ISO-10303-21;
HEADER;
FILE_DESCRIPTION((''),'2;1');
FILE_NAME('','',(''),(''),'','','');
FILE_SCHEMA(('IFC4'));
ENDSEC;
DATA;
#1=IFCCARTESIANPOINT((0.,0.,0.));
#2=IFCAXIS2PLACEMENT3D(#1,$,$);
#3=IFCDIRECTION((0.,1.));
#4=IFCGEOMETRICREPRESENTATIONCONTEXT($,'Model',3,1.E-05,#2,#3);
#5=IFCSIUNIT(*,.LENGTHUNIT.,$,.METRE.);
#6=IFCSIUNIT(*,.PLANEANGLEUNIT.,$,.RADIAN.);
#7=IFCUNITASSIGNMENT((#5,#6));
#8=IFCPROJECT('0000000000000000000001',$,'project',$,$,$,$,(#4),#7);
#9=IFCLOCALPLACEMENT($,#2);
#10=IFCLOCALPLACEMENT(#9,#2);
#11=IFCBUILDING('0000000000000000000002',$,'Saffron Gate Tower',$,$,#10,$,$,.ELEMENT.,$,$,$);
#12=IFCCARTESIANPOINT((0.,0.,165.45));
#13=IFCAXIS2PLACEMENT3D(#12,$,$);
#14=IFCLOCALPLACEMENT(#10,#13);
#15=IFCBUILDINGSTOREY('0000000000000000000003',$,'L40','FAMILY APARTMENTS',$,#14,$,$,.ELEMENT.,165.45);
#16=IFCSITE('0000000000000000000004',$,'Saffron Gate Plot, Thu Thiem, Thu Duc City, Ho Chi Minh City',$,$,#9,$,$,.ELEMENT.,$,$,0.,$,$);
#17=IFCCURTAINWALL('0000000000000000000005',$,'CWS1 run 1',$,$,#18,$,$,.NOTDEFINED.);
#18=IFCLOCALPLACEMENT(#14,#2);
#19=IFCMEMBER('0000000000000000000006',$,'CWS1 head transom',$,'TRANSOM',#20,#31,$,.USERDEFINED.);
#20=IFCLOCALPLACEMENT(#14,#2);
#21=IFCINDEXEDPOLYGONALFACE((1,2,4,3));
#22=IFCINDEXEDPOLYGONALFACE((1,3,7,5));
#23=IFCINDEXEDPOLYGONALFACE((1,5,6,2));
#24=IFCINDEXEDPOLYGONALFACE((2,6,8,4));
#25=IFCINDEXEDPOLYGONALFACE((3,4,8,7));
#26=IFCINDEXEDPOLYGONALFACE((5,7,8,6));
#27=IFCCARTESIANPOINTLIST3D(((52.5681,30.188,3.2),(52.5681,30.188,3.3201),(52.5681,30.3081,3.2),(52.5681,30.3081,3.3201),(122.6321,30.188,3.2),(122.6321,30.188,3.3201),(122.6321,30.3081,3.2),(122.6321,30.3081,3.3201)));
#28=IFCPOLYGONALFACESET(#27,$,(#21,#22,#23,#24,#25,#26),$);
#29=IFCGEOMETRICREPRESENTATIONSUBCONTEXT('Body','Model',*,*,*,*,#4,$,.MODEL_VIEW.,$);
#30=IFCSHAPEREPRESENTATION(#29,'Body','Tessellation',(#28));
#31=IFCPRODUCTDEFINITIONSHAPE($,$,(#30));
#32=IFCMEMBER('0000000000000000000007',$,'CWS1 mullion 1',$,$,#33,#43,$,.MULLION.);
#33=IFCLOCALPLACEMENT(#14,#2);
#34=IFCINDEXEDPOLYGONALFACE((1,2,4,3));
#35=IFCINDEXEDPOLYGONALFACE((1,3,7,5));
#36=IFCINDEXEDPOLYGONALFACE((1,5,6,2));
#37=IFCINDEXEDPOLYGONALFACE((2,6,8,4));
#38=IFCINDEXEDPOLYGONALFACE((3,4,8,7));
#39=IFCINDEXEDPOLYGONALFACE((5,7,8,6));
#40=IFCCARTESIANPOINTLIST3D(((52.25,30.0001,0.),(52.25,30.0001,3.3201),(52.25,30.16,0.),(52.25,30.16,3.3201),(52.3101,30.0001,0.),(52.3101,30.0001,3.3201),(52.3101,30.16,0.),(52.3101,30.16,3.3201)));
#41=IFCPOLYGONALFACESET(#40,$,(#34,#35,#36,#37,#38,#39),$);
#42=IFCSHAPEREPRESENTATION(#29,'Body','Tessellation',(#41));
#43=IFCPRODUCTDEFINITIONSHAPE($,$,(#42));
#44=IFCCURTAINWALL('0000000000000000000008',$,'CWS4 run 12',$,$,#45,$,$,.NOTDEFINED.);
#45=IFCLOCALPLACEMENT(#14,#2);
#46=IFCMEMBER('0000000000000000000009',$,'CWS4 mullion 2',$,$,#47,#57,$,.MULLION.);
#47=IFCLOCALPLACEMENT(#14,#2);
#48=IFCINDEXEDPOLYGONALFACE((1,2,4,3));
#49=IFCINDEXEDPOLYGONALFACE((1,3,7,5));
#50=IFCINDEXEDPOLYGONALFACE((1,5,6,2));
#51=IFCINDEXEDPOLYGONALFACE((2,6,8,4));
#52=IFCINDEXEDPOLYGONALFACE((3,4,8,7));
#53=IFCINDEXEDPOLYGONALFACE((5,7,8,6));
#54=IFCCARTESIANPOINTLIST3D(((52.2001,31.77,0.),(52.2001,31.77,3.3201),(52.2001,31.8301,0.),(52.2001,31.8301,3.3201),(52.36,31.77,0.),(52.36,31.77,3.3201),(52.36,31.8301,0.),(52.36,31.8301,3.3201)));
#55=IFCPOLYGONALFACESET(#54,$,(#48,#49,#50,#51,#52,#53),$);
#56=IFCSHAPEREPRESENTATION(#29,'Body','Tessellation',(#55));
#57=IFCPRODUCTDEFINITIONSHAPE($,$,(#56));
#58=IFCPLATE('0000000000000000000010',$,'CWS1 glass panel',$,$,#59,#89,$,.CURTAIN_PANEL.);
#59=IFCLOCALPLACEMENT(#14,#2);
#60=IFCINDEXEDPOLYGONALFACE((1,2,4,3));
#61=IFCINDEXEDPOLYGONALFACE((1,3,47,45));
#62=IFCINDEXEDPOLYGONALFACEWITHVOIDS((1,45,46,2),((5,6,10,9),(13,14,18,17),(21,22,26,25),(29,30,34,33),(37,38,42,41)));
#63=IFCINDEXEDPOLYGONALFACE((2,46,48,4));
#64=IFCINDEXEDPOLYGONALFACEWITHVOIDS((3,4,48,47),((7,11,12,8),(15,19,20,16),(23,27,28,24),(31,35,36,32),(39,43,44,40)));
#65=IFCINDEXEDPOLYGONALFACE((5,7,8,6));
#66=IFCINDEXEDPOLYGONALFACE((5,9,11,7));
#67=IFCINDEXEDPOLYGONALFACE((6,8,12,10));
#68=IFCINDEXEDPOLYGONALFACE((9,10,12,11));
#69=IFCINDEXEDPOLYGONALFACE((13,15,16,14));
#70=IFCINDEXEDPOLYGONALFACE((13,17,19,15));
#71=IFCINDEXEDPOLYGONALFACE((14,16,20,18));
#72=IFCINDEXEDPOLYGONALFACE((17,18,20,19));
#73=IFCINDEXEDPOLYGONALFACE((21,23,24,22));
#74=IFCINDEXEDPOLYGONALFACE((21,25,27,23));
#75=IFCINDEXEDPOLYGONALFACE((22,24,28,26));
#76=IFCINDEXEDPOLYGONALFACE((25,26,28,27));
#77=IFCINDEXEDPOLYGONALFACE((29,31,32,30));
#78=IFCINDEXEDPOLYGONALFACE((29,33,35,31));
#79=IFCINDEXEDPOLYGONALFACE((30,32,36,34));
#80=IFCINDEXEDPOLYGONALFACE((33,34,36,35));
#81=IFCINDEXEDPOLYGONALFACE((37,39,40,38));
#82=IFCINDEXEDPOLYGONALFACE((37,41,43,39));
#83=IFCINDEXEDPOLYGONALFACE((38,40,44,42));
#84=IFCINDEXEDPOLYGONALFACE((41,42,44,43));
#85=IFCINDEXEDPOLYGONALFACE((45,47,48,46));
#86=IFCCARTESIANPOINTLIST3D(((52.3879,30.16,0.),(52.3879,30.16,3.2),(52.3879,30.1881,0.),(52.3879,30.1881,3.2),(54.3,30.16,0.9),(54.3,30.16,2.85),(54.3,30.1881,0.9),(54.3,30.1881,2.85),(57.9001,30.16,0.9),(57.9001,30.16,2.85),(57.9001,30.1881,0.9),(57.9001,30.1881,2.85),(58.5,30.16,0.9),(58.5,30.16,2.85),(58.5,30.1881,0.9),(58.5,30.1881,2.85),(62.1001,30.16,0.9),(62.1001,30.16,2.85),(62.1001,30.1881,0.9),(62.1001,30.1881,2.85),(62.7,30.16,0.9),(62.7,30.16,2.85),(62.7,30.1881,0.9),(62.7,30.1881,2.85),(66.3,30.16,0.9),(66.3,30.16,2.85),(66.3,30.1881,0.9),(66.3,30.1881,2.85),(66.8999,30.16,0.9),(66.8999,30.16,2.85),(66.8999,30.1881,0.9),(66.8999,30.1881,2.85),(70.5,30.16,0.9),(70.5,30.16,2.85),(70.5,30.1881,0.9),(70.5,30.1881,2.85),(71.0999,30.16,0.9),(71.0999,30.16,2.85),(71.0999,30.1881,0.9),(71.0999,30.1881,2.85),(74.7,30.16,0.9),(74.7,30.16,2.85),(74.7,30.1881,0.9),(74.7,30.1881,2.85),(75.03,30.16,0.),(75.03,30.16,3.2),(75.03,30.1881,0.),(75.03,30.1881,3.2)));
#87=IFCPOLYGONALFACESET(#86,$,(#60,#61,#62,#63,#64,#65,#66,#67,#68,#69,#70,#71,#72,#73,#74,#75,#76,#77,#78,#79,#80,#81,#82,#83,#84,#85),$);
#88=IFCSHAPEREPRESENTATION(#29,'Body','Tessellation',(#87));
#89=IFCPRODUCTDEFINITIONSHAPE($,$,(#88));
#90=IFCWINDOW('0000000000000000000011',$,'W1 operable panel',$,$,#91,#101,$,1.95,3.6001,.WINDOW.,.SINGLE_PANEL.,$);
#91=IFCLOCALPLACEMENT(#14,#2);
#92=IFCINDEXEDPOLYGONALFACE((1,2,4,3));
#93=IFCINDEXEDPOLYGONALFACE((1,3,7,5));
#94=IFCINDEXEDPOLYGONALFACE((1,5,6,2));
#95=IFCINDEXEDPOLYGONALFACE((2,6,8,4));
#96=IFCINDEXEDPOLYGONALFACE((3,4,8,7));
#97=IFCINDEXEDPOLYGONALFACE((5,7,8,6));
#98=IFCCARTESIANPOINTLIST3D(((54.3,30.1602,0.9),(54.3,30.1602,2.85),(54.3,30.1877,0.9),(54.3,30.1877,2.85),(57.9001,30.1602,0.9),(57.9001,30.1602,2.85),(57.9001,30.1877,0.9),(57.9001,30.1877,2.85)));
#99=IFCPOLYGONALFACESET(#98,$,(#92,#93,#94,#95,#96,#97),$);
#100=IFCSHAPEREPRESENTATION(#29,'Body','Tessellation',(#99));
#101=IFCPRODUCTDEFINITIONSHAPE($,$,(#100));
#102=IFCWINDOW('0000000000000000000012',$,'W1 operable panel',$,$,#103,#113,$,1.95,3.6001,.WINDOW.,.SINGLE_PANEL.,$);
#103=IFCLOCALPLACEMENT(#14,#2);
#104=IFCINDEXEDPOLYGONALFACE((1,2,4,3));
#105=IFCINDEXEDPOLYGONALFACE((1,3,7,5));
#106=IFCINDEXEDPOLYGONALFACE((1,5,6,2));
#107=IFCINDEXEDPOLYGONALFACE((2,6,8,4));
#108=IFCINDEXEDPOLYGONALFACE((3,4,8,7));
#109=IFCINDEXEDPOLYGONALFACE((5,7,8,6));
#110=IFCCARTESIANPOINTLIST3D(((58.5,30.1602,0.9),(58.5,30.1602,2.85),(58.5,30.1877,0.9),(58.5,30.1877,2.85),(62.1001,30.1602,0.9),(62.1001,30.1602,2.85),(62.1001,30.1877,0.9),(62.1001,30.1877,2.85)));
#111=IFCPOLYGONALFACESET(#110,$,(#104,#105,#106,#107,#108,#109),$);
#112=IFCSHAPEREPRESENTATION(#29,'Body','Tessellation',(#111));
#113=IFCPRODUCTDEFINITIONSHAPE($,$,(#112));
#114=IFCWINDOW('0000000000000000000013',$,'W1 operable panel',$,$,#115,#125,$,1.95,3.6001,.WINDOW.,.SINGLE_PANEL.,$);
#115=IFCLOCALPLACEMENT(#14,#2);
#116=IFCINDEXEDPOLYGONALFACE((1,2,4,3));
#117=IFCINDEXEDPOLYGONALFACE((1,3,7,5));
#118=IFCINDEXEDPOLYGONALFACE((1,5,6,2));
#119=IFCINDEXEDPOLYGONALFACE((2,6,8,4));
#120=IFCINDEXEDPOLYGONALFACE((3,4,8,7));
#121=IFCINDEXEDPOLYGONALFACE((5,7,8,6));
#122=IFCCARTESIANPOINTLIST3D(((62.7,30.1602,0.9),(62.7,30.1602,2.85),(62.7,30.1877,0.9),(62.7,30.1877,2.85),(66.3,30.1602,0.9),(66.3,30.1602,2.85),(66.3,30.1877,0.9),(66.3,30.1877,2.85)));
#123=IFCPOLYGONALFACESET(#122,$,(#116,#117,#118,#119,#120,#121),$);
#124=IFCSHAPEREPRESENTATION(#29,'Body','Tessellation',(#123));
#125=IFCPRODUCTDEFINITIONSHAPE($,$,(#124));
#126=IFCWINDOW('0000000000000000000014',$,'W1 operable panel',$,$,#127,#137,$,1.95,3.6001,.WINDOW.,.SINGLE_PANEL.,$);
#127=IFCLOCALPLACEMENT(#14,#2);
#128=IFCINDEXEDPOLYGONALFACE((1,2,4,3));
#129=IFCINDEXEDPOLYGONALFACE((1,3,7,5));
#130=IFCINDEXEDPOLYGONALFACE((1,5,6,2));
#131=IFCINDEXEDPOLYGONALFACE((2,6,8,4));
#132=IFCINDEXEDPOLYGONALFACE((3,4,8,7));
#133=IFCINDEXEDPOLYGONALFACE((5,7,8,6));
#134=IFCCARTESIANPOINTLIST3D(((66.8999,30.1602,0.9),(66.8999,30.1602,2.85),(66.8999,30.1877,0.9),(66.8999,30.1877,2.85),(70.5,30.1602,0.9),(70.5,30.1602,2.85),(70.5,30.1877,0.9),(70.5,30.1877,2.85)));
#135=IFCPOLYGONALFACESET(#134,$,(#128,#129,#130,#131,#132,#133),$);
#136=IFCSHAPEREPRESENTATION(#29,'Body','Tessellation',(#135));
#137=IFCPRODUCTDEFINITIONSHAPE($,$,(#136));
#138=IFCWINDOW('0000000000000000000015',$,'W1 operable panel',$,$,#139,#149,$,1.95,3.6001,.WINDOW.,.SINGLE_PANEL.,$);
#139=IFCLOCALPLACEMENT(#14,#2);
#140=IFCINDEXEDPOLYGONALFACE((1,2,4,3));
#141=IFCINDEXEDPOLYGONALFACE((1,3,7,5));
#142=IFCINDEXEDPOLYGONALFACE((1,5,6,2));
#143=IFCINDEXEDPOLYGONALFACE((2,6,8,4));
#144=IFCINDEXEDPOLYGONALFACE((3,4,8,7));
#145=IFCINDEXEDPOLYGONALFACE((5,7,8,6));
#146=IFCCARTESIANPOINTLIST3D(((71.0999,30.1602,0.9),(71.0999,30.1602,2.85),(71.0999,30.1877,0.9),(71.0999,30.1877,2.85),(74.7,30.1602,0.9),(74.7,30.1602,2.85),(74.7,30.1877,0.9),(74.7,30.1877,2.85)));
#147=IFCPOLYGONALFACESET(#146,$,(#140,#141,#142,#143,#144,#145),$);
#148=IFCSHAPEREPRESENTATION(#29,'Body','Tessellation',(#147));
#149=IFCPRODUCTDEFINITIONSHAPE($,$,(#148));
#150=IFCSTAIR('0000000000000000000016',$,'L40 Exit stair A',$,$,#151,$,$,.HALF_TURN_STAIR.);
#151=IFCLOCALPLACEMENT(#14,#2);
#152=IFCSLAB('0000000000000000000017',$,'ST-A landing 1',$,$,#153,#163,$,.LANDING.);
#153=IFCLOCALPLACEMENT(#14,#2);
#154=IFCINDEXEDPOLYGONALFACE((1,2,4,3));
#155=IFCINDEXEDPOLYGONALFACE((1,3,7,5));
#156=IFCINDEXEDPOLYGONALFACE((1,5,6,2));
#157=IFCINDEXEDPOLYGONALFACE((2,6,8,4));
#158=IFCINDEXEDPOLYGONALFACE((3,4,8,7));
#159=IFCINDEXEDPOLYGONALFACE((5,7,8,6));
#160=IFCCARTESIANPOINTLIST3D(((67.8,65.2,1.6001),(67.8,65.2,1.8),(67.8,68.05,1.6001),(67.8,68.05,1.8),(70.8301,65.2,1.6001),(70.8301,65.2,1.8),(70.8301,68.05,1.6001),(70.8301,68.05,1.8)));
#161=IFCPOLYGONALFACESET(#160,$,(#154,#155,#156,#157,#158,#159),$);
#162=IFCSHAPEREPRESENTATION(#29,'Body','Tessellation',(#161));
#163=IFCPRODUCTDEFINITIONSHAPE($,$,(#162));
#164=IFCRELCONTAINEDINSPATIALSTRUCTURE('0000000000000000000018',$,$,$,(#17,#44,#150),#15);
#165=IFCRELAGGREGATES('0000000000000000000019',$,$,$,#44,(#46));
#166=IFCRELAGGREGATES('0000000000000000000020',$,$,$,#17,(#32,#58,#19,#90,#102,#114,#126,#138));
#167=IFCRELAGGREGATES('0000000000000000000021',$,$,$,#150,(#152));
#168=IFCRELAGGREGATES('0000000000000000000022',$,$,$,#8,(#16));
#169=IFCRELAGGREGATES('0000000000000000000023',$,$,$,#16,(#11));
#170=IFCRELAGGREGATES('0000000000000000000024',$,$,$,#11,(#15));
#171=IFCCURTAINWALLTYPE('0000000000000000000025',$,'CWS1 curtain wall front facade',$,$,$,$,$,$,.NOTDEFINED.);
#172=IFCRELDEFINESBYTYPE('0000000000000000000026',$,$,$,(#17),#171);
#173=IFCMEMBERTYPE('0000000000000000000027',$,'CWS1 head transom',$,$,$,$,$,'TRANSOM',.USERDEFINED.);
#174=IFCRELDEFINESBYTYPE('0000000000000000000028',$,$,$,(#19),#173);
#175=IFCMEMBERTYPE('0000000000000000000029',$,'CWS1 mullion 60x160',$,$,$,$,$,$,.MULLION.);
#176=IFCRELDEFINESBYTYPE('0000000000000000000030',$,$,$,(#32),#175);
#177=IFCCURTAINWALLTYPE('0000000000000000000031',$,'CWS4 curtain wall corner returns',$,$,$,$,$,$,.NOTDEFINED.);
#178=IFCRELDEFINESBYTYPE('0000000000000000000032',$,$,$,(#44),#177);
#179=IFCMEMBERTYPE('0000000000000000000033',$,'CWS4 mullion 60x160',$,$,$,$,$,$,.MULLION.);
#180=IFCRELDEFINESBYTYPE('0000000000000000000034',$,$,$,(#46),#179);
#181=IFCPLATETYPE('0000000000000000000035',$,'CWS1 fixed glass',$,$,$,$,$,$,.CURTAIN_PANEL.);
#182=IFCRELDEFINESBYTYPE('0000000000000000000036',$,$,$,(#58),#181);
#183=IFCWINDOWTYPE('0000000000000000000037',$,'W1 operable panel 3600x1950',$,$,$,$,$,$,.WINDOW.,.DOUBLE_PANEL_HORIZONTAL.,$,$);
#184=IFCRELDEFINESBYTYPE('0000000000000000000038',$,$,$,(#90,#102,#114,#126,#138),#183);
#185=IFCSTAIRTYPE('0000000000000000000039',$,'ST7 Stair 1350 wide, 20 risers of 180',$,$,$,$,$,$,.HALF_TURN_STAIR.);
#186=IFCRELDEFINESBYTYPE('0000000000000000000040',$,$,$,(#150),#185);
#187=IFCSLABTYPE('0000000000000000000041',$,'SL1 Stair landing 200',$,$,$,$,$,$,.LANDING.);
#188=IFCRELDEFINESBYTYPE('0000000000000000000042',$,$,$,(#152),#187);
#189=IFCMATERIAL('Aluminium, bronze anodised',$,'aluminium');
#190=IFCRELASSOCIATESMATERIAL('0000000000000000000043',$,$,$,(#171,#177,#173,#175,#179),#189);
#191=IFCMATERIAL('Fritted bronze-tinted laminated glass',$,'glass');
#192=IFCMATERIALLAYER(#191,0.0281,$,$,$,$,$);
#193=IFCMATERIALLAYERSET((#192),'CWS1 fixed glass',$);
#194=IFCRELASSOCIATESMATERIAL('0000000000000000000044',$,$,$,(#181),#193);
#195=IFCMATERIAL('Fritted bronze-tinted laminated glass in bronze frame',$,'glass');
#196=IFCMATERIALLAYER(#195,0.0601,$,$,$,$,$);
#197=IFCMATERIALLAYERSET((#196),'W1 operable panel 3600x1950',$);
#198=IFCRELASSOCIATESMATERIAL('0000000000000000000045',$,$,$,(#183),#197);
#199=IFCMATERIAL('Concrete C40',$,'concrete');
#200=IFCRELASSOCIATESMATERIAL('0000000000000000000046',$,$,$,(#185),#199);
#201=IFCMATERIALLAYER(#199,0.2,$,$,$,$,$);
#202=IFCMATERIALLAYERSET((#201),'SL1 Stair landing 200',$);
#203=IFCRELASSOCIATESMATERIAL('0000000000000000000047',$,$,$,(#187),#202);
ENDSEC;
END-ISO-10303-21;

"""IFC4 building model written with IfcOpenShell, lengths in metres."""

from ifc_helpers import new_model, si_unit, direction, frame, frame_2d, origin, origin_2d, place, context, subcontext, project, spatial, polyline, rectangle, outline, extrude, material, layer, layer_set, material_profile, profile_set, type_object, element, fill, aggregate, save


model = new_model("IFC4")

# Units and contexts
model_context = context("Model", 3, precision=1e-05, world=origin(), true_north=direction((0.0, 1.0)))
body_context = subcontext(model_context, "Body", "Model", "MODEL_VIEW")
ifc_project = project(units=[si_unit("LENGTHUNIT", "METRE"), si_unit("PLANEANGLEUNIT", "RADIAN")], contexts=[model_context])

# Site, building, storey
site_placement = place(None, origin())
site = spatial("IfcSite", under=ifc_project, at=site_placement, Name="Saffron Gate Plot, Thu Thiem, Thu Duc City, Ho Chi Minh City", CompositionType="ELEMENT", RefElevation=0.0)
building_placement = place(site_placement, origin())
building = spatial("IfcBuilding", under=site, at=building_placement, Name="Saffron Gate Tower", CompositionType="ELEMENT")
storey_placement = place(building_placement, frame((0.0, 0.0, 165.45)))
storey = spatial("IfcBuildingStorey", under=building, at=storey_placement, Name="L40", Description="FAMILY APARTMENTS", CompositionType="ELEMENT", Elevation=165.45)

# Curtain wall, members
ifc_material_1 = material(Name="Aluminium, bronze anodised", Category="aluminium")
curtain_wall_type_1 = type_object("IfcCurtainWallType", Name="CWS1 curtain wall front facade", PredefinedType="NOTDEFINED", material=ifc_material_1)
curtain_wall_1_placement = place(storey_placement, origin())
curtain_wall_1 = element("IfcCurtainWall", 1, at=curtain_wall_1_placement, inside=storey, type_object=curtain_wall_type_1, Name="CWS1 run 1", PredefinedType="NOTDEFINED")
ifc_material_profile_1 = material_profile(ifc_material_1, rectangle(XDim=0.1201, YDim=0.1201, at=origin_2d()))
ifc_profile_set_1 = profile_set([ifc_material_profile_1], Name="Aluminium, bronze anodised")
member_type_1 = type_object("IfcMemberType", Name="CWS1 head transom", ElementType="TRANSOM", PredefinedType="USERDEFINED", material=ifc_profile_set_1)
member_1_placement = place(storey_placement, frame((52.5681, 30.248, 3.26), z_axis=(1.0, 0.0, 0.0), x_axis=(0.0, 1.0, 0.0)))
member_1 = element("IfcMember", 2, at=member_1_placement, type_object=member_type_1, Name="CWS1 head transom", ObjectType="TRANSOM", PredefinedType="USERDEFINED", context=body_context, shape_type="SweptSolid", body=[
    extrude(rectangle(XDim=0.1201, YDim=0.1201, at=origin_2d()), origin(), (0.0, 0.0, 1.0), 70.064),
])
ifc_material_profile_2 = material_profile(ifc_material_1, rectangle(XDim=0.1599, YDim=0.0601, at=origin_2d()))
ifc_profile_set_2 = profile_set([ifc_material_profile_2], Name="Aluminium, bronze anodised")
member_type_2 = type_object("IfcMemberType", Name="CWS1 mullion 60x160", PredefinedType="MULLION", material=ifc_profile_set_2)
member_2_placement = place(storey_placement, frame((52.28, 30.0801, 0.0), z_axis=(0.0, 0.0, 1.0), x_axis=(0.0, 1.0, 0.0)))
member_2 = element("IfcMember", 3, at=member_2_placement, type_object=member_type_2, Name="CWS1 mullion 1", PredefinedType="MULLION", context=body_context, shape_type="SweptSolid", body=[
    extrude(rectangle(XDim=0.1599, YDim=0.0601, at=origin_2d()), origin(), (0.0, 0.0, 1.0), 3.3201),
])

# Curtain wall, member
curtain_wall_type_2 = type_object("IfcCurtainWallType", Name="CWS4 curtain wall corner returns", PredefinedType="NOTDEFINED", material=ifc_material_1)
curtain_wall_2_placement = place(storey_placement, origin())
curtain_wall_2 = element("IfcCurtainWall", 4, at=curtain_wall_2_placement, inside=storey, type_object=curtain_wall_type_2, Name="CWS4 run 12", PredefinedType="NOTDEFINED")
ifc_material_profile_3 = material_profile(ifc_material_1, rectangle(XDim=0.1599, YDim=0.0601, at=origin_2d()))
ifc_profile_set_3 = profile_set([ifc_material_profile_3], Name="Aluminium, bronze anodised")
member_type_3 = type_object("IfcMemberType", Name="CWS4 mullion 60x160", PredefinedType="MULLION", material=ifc_profile_set_3)
member_3_placement = place(storey_placement, frame((52.28, 31.8, 0.0), z_axis=(0.0, 0.0, 1.0), x_axis=(1.0, 0.0, 0.0)))
member_3 = element("IfcMember", 5, at=member_3_placement, type_object=member_type_3, Name="CWS4 mullion 2", PredefinedType="MULLION", context=body_context, shape_type="SweptSolid", body=[
    extrude(rectangle(XDim=0.1599, YDim=0.0601, at=origin_2d()), origin(), (0.0, 0.0, 1.0), 3.3201),
])
aggregate(curtain_wall_2, [member_3])

# Plate, openings, windows
ifc_material_2 = material(Name="Fritted bronze-tinted laminated glass", Category="glass")
ifc_layer_1 = layer(ifc_material_2, 0.0281)
ifc_layer_set_1 = layer_set([ifc_layer_1], Name="CWS1 fixed glass")
plate_type_1 = type_object("IfcPlateType", Name="CWS1 fixed glass", PredefinedType="CURTAIN_PANEL", material=ifc_layer_set_1)
plate_1_placement = place(storey_placement, frame((52.3879, 30.1741, 0.0), z_axis=(0.0, 0.0, 1.0), x_axis=(1.0, 0.0, 0.0)))
plate_1 = element("IfcPlate", 6, at=plate_1_placement, type_object=plate_type_1, Name="CWS1 glass panel", PredefinedType="CURTAIN_PANEL", context=body_context, shape_type="SweptSolid", body=[
    extrude(rectangle(XDim=22.6421, YDim=0.0281, at=frame_2d((11.321, 0.0))), origin(), (0.0, 0.0, 1.0), 3.2),
])
opening_1_placement = place(plate_1_placement, frame((1.9121, 0.0, 0.8999)))
opening_1 = element("IfcOpeningElement", 7, at=opening_1_placement, cuts=plate_1, PredefinedType="OPENING", context=body_context, shape_type="SweptSolid", body=[
    extrude(rectangle(XDim=3.6001, YDim=1.95, at=frame_2d((1.8, 0.9751))), frame((0.0, 0.0239, 0.0), z_axis=(0.0, -1.0, 0.0), x_axis=(1.0, 0.0, 0.0)), (0.0, 0.0, 1.0), 0.0481),
])
opening_2_placement = place(plate_1_placement, frame((6.1121, 0.0, 0.8999)))
opening_2 = element("IfcOpeningElement", 8, at=opening_2_placement, cuts=plate_1, PredefinedType="OPENING", context=body_context, shape_type="SweptSolid", body=[
    extrude(rectangle(XDim=3.6001, YDim=1.95, at=frame_2d((1.8, 0.9751))), frame((0.0, 0.0239, 0.0), z_axis=(0.0, -1.0, 0.0), x_axis=(1.0, 0.0, 0.0)), (0.0, 0.0, 1.0), 0.0481),
])
opening_3_placement = place(plate_1_placement, frame((10.312, 0.0, 0.8999)))
opening_3 = element("IfcOpeningElement", 9, at=opening_3_placement, cuts=plate_1, PredefinedType="OPENING", context=body_context, shape_type="SweptSolid", body=[
    extrude(rectangle(XDim=3.6001, YDim=1.95, at=frame_2d((1.8, 0.9751))), frame((0.0, 0.0239, 0.0), z_axis=(0.0, -1.0, 0.0), x_axis=(1.0, 0.0, 0.0)), (0.0, 0.0, 1.0), 0.0481),
])
opening_4_placement = place(plate_1_placement, frame((14.512, 0.0, 0.8999)))
opening_4 = element("IfcOpeningElement", 10, at=opening_4_placement, cuts=plate_1, PredefinedType="OPENING", context=body_context, shape_type="SweptSolid", body=[
    extrude(rectangle(XDim=3.6001, YDim=1.95, at=frame_2d((1.8, 0.9751))), frame((0.0, 0.0239, 0.0), z_axis=(0.0, -1.0, 0.0), x_axis=(1.0, 0.0, 0.0)), (0.0, 0.0, 1.0), 0.0481),
])
opening_5_placement = place(plate_1_placement, frame((18.7119, 0.0, 0.8999)))
opening_5 = element("IfcOpeningElement", 11, at=opening_5_placement, cuts=plate_1, PredefinedType="OPENING", context=body_context, shape_type="SweptSolid", body=[
    extrude(rectangle(XDim=3.6001, YDim=1.95, at=frame_2d((1.8, 0.9751))), frame((0.0, 0.0239, 0.0), z_axis=(0.0, -1.0, 0.0), x_axis=(1.0, 0.0, 0.0)), (0.0, 0.0, 1.0), 0.0481),
])
ifc_material_3 = material(Name="Fritted bronze-tinted laminated glass in bronze frame", Category="glass")
ifc_layer_2 = layer(ifc_material_3, 0.0601)
ifc_layer_set_2 = layer_set([ifc_layer_2], Name="W1 operable panel 3600x1950")
window_type = type_object("IfcWindowType", Name="W1 operable panel 3600x1950", PartitioningType="DOUBLE_PANEL_HORIZONTAL", PredefinedType="WINDOW", material=ifc_layer_set_2)
window_1_placement = place(opening_1_placement, origin())
window_1 = element("IfcWindow", 12, at=window_1_placement, type_object=window_type, Name="W1 operable panel", OverallHeight=1.95, OverallWidth=3.6001, PartitioningType="SINGLE_PANEL", PredefinedType="WINDOW", context=body_context, shape_type="SweptSolid", body=[
    extrude(rectangle(XDim=3.6001, YDim=1.95, at=frame_2d((1.8, 0.9751))), frame((0.0, 0.0137, 0.0), z_axis=(0.0, -1.0, 0.0), x_axis=(1.0, 0.0, 0.0)), (0.0, 0.0, 1.0), 0.0276),
])
fill(opening_1, window_1)
window_2_placement = place(opening_2_placement, origin())
window_2 = element("IfcWindow", 13, at=window_2_placement, type_object=window_type, Name="W1 operable panel", OverallHeight=1.95, OverallWidth=3.6001, PartitioningType="SINGLE_PANEL", PredefinedType="WINDOW", context=body_context, shape_type="SweptSolid", body=[
    extrude(rectangle(XDim=3.6001, YDim=1.95, at=frame_2d((1.8, 0.9751))), frame((0.0, 0.0137, 0.0), z_axis=(0.0, -1.0, 0.0), x_axis=(1.0, 0.0, 0.0)), (0.0, 0.0, 1.0), 0.0276),
])
fill(opening_2, window_2)
window_3_placement = place(opening_3_placement, origin())
window_3 = element("IfcWindow", 14, at=window_3_placement, type_object=window_type, Name="W1 operable panel", OverallHeight=1.95, OverallWidth=3.6001, PartitioningType="SINGLE_PANEL", PredefinedType="WINDOW", context=body_context, shape_type="SweptSolid", body=[
    extrude(rectangle(XDim=3.6001, YDim=1.95, at=frame_2d((1.8, 0.9751))), frame((0.0, 0.0137, 0.0), z_axis=(0.0, -1.0, 0.0), x_axis=(1.0, 0.0, 0.0)), (0.0, 0.0, 1.0), 0.0276),
])
fill(opening_3, window_3)
window_4_placement = place(opening_4_placement, origin())
window_4 = element("IfcWindow", 15, at=window_4_placement, type_object=window_type, Name="W1 operable panel", OverallHeight=1.95, OverallWidth=3.6001, PartitioningType="SINGLE_PANEL", PredefinedType="WINDOW", context=body_context, shape_type="SweptSolid", body=[
    extrude(rectangle(XDim=3.6001, YDim=1.95, at=frame_2d((1.8, 0.9751))), frame((0.0, 0.0137, 0.0), z_axis=(0.0, -1.0, 0.0), x_axis=(1.0, 0.0, 0.0)), (0.0, 0.0, 1.0), 0.0276),
])
fill(opening_4, window_4)
window_5_placement = place(opening_5_placement, origin())
window_5 = element("IfcWindow", 16, at=window_5_placement, type_object=window_type, Name="W1 operable panel", OverallHeight=1.95, OverallWidth=3.6001, PartitioningType="SINGLE_PANEL", PredefinedType="WINDOW", context=body_context, shape_type="SweptSolid", body=[
    extrude(rectangle(XDim=3.6001, YDim=1.95, at=frame_2d((1.8, 0.9751))), frame((0.0, 0.0137, 0.0), z_axis=(0.0, -1.0, 0.0), x_axis=(1.0, 0.0, 0.0)), (0.0, 0.0, 1.0), 0.0276),
])
fill(opening_5, window_5)
aggregate(curtain_wall_1, [member_2, plate_1, member_1, window_1, window_2, window_3, window_4, window_5])

# Stair, slab
ifc_material_4 = material(Name="Concrete C40", Category="concrete")
stair_type = type_object("IfcStairType", Name="ST7 Stair 1350 wide, 20 risers of 180", PredefinedType="HALF_TURN_STAIR", material=ifc_material_4)
stair_1_placement = place(storey_placement, origin())
stair_1 = element("IfcStair", 17, at=stair_1_placement, inside=storey, type_object=stair_type, Name="L40 Exit stair A", PredefinedType="HALF_TURN_STAIR")
ifc_layer_3 = layer(ifc_material_4, 0.2)
ifc_layer_set_3 = layer_set([ifc_layer_3], Name="SL1 Stair landing 200")
slab_type_1 = type_object("IfcSlabType", Name="SL1 Stair landing 200", PredefinedType="LANDING", material=ifc_layer_set_3)
slab_1_placement = place(storey_placement, frame((0.0, 0.0, 1.6001)))
slab_1 = element("IfcSlab", 18, at=slab_1_placement, type_object=slab_type_1, Name="ST-A landing 1", PredefinedType="LANDING", context=body_context, shape_type="SweptSolid", body=[
    extrude(outline(polyline([(70.8301, 68.05), (67.8, 68.05), (67.8, 65.2), (70.8301, 65.2), (70.8301, 68.05)])), origin(), (0.0, 0.0, 1.0), 0.2),
])
aggregate(stair_1, [slab_1])

save(model, "model.ifc")
